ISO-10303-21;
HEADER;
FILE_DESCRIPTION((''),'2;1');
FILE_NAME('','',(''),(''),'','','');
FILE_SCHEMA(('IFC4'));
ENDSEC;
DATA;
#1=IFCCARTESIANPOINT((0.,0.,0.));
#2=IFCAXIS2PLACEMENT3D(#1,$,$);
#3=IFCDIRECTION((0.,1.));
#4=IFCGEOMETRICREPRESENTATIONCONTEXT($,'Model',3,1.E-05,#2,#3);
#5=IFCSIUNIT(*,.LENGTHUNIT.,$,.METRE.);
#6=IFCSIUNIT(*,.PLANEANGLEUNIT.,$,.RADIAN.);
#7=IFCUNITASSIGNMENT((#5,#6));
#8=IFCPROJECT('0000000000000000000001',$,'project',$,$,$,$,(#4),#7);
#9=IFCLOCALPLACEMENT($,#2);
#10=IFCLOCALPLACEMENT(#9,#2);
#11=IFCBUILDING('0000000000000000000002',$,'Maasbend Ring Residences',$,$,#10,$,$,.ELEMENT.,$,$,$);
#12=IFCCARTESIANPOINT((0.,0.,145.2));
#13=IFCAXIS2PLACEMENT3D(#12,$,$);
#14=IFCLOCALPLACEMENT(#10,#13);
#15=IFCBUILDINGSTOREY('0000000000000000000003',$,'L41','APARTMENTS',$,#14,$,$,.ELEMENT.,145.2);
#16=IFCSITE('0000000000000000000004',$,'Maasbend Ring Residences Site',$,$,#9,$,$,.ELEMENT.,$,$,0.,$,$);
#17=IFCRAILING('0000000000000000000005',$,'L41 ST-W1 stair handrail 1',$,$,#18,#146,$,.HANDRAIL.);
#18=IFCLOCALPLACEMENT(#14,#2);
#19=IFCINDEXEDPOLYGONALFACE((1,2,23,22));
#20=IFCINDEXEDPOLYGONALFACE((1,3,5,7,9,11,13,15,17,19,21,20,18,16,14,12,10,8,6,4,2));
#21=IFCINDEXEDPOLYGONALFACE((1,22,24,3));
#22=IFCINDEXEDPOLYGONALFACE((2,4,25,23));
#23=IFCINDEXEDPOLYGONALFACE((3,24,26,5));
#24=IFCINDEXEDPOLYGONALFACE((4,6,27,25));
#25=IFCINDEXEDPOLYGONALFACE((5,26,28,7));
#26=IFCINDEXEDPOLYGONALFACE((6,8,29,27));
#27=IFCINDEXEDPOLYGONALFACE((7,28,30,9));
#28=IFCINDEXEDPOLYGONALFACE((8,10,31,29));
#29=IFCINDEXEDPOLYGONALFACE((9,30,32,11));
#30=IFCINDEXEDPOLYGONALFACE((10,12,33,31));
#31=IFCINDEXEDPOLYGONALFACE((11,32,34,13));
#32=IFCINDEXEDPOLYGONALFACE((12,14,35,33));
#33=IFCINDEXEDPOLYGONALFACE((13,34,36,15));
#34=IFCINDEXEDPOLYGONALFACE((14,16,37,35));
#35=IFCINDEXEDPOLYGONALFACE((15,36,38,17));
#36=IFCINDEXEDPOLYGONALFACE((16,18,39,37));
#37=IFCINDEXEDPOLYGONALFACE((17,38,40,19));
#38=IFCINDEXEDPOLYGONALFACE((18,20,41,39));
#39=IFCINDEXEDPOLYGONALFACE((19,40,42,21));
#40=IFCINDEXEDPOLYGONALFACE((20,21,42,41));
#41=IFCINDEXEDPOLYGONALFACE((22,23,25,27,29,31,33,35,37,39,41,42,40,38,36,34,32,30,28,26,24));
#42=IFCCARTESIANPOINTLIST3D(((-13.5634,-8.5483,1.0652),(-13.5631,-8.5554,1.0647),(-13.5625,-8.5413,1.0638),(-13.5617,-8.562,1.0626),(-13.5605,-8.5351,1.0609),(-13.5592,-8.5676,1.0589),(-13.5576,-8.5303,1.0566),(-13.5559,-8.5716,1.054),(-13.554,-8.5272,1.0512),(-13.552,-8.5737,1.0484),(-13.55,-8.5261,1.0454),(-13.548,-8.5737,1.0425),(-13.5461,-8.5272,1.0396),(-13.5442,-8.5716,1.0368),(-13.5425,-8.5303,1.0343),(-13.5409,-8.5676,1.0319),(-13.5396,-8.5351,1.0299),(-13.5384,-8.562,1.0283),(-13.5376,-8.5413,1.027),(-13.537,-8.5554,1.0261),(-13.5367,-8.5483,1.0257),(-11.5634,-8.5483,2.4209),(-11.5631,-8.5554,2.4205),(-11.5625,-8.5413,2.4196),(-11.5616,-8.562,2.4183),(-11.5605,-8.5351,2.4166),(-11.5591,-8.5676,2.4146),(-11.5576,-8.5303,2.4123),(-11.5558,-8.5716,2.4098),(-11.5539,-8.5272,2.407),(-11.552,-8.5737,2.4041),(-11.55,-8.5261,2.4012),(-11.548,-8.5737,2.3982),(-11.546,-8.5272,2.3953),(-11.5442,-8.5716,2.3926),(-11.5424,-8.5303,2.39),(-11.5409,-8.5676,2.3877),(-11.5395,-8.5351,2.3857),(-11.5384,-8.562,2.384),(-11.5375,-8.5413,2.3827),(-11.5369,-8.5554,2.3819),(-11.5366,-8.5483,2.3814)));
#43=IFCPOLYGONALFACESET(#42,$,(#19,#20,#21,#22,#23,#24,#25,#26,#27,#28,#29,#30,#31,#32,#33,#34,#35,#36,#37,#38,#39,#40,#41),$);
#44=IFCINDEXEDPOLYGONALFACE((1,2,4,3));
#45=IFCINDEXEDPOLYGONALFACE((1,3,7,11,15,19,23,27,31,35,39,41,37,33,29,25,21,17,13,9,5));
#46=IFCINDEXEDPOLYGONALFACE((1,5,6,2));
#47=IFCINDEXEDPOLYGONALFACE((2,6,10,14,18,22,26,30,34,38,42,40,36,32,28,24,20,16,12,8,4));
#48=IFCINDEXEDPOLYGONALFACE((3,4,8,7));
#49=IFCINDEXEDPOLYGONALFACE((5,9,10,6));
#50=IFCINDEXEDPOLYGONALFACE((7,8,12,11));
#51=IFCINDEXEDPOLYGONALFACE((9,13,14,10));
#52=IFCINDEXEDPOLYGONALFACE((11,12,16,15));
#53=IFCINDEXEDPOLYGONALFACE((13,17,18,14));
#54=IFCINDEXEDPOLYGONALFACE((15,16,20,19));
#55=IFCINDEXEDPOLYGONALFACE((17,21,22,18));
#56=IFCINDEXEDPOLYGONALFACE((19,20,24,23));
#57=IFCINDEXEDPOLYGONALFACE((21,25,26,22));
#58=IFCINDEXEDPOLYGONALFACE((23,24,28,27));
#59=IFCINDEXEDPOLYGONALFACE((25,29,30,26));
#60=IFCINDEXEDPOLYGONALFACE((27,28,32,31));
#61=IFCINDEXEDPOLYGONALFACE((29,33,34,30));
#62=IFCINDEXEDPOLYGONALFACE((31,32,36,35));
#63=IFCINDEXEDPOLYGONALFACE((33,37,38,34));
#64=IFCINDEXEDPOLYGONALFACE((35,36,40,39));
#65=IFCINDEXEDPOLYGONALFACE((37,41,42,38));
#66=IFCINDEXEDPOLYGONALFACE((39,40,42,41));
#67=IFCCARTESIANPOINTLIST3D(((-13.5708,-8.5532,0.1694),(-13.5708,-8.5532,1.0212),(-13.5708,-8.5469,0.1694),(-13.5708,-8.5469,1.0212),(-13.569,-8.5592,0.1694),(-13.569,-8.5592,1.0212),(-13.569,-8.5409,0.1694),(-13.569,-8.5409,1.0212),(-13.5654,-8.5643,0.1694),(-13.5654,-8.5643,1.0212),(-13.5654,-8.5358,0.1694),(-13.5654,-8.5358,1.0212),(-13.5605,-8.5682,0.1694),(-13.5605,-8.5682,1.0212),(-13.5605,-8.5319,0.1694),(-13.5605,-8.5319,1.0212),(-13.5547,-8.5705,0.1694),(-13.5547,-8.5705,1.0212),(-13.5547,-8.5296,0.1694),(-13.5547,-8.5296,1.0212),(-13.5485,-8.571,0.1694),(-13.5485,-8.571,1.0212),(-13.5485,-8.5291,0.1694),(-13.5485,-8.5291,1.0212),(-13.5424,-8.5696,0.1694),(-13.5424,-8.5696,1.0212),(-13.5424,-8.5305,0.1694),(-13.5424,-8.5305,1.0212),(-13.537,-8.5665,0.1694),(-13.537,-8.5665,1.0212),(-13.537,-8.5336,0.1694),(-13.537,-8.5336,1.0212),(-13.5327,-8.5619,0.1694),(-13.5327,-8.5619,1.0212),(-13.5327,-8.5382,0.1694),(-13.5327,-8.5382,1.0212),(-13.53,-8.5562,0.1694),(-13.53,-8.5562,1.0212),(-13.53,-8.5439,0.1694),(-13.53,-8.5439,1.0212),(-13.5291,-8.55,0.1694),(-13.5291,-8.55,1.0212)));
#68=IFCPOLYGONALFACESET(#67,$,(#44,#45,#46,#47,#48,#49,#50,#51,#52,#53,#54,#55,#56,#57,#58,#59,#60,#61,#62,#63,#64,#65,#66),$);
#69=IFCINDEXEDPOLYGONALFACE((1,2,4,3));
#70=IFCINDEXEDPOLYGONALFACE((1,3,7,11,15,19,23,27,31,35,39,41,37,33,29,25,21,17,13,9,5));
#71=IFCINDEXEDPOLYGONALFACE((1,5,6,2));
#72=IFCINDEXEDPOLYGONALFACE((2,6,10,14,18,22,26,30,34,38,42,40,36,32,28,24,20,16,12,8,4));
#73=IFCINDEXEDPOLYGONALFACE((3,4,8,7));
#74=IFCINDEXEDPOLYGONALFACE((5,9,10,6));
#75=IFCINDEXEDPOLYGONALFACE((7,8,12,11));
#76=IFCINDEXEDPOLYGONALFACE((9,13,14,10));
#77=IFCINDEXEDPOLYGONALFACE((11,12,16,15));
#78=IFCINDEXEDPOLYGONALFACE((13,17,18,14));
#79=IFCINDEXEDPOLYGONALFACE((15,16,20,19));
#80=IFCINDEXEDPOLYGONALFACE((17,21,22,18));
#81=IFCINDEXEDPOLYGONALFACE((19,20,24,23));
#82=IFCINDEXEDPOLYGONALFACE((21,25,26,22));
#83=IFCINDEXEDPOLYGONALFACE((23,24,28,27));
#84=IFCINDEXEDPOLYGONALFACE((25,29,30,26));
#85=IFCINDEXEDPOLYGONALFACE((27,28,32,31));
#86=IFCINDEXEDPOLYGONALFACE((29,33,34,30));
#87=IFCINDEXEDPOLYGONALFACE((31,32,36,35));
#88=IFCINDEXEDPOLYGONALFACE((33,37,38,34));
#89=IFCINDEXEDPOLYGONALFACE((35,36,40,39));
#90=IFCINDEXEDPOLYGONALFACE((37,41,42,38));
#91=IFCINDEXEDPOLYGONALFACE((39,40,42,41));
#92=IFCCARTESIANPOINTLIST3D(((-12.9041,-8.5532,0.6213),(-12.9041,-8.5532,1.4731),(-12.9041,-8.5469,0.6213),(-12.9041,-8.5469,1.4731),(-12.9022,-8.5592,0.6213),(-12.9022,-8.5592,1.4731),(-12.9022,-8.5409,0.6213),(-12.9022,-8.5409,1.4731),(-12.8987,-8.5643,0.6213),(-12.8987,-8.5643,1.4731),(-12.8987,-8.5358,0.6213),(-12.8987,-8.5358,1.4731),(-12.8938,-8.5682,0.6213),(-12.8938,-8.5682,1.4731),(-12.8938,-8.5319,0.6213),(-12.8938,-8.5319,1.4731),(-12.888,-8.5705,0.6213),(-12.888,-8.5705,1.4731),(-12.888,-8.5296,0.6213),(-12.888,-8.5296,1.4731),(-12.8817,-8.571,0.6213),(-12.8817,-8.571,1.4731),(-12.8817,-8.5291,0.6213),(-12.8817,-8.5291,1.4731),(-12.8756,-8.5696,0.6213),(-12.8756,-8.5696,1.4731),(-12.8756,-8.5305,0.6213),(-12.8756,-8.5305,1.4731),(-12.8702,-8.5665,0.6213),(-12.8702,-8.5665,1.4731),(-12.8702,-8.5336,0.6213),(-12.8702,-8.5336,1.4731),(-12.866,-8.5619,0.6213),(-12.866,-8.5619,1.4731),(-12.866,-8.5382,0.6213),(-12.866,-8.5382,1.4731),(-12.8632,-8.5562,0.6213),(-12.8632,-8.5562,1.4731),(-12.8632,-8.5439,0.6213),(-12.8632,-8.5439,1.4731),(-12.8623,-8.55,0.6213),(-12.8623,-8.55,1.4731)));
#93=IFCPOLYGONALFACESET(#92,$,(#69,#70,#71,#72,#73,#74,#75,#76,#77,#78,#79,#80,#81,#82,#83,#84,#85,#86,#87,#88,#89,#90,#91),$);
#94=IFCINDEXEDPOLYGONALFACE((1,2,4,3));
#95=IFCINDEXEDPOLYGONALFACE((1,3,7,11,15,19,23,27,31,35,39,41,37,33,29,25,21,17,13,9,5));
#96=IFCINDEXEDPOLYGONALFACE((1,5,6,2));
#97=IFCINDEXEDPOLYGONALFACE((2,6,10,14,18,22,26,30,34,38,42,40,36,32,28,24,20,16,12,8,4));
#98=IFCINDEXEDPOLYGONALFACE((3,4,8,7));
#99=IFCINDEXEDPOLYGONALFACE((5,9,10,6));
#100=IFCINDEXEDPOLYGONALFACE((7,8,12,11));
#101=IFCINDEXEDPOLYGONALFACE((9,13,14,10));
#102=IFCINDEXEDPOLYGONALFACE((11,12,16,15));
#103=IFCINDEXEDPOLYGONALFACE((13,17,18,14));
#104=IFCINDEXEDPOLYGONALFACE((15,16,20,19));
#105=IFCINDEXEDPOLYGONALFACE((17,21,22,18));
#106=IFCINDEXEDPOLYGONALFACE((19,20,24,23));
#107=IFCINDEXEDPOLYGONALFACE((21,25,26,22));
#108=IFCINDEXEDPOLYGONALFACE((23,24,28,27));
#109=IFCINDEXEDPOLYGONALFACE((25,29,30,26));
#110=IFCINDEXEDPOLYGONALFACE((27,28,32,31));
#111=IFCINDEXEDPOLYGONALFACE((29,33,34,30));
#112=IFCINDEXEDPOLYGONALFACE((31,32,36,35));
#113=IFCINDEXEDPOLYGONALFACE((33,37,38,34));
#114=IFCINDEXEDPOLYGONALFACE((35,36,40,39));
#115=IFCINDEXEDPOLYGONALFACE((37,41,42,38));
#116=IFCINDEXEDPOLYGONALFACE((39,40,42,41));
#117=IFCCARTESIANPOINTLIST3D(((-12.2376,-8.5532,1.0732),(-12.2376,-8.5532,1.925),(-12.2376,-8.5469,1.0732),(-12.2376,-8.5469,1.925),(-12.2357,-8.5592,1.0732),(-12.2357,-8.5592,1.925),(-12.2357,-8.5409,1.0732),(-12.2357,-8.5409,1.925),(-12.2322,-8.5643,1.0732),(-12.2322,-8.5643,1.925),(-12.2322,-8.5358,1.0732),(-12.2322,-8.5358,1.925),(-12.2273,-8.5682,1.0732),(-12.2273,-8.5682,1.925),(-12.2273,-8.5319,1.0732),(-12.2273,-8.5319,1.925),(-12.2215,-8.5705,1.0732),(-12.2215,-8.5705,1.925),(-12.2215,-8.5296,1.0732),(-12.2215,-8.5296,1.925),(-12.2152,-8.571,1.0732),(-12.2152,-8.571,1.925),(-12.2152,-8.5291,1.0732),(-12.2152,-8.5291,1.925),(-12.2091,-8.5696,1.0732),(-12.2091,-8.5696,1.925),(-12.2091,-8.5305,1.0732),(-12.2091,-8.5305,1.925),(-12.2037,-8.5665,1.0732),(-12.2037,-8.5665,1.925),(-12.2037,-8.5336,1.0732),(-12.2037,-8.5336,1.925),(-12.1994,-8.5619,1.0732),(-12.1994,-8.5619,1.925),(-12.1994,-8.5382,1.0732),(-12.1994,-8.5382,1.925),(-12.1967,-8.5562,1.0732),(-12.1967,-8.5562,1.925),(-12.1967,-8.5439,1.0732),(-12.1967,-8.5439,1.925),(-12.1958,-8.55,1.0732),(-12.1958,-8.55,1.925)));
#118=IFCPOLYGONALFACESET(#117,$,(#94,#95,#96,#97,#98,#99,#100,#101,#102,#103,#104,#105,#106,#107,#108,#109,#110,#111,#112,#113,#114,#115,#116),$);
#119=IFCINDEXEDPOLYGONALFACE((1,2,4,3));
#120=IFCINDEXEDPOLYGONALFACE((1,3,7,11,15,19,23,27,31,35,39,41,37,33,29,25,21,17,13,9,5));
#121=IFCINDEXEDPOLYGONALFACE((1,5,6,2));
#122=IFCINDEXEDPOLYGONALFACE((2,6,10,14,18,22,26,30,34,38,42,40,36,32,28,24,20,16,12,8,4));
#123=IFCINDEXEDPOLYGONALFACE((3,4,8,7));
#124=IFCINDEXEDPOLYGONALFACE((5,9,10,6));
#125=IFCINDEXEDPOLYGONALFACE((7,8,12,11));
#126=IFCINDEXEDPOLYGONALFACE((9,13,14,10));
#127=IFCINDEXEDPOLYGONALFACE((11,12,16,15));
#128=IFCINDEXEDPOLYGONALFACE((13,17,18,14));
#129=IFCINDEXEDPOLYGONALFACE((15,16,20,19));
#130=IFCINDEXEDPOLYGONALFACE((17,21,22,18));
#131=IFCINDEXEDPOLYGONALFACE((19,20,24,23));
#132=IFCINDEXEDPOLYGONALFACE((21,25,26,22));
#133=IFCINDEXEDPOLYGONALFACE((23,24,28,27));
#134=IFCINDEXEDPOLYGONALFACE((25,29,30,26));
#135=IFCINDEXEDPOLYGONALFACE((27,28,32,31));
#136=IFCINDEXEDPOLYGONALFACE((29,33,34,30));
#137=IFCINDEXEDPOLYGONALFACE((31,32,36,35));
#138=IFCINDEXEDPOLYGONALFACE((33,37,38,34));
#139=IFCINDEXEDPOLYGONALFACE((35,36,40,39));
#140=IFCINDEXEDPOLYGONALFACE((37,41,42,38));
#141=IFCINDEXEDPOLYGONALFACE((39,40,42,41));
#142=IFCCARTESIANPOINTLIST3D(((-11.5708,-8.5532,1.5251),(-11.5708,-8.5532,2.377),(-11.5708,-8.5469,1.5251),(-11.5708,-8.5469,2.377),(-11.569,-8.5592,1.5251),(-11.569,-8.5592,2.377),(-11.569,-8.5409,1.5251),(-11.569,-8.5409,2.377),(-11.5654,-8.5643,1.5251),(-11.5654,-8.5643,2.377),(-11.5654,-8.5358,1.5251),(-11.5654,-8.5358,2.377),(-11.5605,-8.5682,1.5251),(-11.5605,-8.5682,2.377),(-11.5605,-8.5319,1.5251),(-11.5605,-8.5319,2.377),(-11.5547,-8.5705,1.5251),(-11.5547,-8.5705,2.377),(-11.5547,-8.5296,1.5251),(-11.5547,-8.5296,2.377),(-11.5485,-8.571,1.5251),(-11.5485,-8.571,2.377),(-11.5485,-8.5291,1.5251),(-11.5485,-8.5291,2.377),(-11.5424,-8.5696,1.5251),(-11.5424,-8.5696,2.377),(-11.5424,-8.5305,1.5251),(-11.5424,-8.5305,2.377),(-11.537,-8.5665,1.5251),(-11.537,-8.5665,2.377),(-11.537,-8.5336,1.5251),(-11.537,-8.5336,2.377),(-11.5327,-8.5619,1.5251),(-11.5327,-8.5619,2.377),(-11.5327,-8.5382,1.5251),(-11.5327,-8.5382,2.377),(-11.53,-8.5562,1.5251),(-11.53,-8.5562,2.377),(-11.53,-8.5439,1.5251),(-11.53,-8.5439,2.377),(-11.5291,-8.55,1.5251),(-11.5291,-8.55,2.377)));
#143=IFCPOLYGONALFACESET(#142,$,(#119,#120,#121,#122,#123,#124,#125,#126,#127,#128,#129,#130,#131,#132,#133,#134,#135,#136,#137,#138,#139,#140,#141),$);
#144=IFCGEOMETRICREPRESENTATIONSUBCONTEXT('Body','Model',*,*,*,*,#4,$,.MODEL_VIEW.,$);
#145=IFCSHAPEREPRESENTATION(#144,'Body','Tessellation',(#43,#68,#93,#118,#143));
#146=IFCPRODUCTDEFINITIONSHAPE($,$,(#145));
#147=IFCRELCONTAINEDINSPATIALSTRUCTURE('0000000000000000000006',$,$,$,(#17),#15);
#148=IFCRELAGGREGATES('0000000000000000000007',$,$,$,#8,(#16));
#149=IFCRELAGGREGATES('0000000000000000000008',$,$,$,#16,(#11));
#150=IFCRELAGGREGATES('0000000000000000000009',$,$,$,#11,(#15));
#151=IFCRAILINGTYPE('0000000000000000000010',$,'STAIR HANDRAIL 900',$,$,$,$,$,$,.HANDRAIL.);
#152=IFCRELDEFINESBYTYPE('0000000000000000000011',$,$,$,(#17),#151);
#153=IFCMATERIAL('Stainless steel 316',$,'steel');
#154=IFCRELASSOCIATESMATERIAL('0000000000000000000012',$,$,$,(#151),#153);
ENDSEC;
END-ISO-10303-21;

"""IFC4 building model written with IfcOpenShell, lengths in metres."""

from ifc_helpers import new_model, si_unit, direction, frame, origin, origin_2d, place, context, subcontext, project, spatial, circle, extrude, material, type_object, element, save


model = new_model("IFC4")

# Units and contexts
model_context = context("Model", 3, precision=1e-05, world=origin(), true_north=direction((0.0, 1.0)))
body_context = subcontext(model_context, "Body", "Model", "MODEL_VIEW")
ifc_project = project(units=[si_unit("LENGTHUNIT", "METRE"), si_unit("PLANEANGLEUNIT", "RADIAN")], contexts=[model_context])

# Site, building, storey
site_placement = place(None, origin())
site = spatial("IfcSite", under=ifc_project, at=site_placement, Name="Maasbend Ring Residences Site", CompositionType="ELEMENT", RefElevation=0.0)
building_placement = place(site_placement, origin())
building = spatial("IfcBuilding", under=site, at=building_placement, Name="Maasbend Ring Residences", CompositionType="ELEMENT")
storey_placement = place(building_placement, frame((0.0, 0.0, 145.2)))
storey = spatial("IfcBuildingStorey", under=building, at=storey_placement, Name="L41", Description="APARTMENTS", CompositionType="ELEMENT", Elevation=145.2)

# Railing
ifc_material_1 = material(Name="Stainless steel 316", Category="steel")
railing_type_1 = type_object("IfcRailingType", Name="STAIR HANDRAIL 900", PredefinedType="HANDRAIL", material=ifc_material_1)
railing_1_placement = place(storey_placement, frame((-13.55, -8.55, 0.1694)))
element("IfcRailing", 1, at=railing_1_placement, inside=storey, type_object=railing_type_1, Name="L41 ST-W1 stair handrail 1", PredefinedType="HANDRAIL", context=body_context, shape_type="SweptSolid", body=[
    extrude(circle(Radius=0.0239, at=origin_2d()), frame((0.0, 0.0, 0.876), z_axis=(0.827751, 0.0, 0.561096), x_axis=(0.0, 1.0, 0.0)), (0.0, 0.0, 1.0), 2.4163),
    extrude(circle(Radius=0.021, at=origin_2d()), origin(), (0.0, 0.0, 1.0), 0.8518),
    extrude(circle(Radius=0.021, at=origin_2d()), frame((0.6667, 0.0, 0.4519)), (0.0, 0.0, 1.0), 0.8518),
    extrude(circle(Radius=0.021, at=origin_2d()), frame((1.3333, 0.0, 0.9038)), (0.0, 0.0, 1.0), 0.8518),
    extrude(circle(Radius=0.021, at=origin_2d()), frame((2.0, 0.0, 1.3557)), (0.0, 0.0, 1.0), 0.8518),
])

save(model, "model.ifc")
